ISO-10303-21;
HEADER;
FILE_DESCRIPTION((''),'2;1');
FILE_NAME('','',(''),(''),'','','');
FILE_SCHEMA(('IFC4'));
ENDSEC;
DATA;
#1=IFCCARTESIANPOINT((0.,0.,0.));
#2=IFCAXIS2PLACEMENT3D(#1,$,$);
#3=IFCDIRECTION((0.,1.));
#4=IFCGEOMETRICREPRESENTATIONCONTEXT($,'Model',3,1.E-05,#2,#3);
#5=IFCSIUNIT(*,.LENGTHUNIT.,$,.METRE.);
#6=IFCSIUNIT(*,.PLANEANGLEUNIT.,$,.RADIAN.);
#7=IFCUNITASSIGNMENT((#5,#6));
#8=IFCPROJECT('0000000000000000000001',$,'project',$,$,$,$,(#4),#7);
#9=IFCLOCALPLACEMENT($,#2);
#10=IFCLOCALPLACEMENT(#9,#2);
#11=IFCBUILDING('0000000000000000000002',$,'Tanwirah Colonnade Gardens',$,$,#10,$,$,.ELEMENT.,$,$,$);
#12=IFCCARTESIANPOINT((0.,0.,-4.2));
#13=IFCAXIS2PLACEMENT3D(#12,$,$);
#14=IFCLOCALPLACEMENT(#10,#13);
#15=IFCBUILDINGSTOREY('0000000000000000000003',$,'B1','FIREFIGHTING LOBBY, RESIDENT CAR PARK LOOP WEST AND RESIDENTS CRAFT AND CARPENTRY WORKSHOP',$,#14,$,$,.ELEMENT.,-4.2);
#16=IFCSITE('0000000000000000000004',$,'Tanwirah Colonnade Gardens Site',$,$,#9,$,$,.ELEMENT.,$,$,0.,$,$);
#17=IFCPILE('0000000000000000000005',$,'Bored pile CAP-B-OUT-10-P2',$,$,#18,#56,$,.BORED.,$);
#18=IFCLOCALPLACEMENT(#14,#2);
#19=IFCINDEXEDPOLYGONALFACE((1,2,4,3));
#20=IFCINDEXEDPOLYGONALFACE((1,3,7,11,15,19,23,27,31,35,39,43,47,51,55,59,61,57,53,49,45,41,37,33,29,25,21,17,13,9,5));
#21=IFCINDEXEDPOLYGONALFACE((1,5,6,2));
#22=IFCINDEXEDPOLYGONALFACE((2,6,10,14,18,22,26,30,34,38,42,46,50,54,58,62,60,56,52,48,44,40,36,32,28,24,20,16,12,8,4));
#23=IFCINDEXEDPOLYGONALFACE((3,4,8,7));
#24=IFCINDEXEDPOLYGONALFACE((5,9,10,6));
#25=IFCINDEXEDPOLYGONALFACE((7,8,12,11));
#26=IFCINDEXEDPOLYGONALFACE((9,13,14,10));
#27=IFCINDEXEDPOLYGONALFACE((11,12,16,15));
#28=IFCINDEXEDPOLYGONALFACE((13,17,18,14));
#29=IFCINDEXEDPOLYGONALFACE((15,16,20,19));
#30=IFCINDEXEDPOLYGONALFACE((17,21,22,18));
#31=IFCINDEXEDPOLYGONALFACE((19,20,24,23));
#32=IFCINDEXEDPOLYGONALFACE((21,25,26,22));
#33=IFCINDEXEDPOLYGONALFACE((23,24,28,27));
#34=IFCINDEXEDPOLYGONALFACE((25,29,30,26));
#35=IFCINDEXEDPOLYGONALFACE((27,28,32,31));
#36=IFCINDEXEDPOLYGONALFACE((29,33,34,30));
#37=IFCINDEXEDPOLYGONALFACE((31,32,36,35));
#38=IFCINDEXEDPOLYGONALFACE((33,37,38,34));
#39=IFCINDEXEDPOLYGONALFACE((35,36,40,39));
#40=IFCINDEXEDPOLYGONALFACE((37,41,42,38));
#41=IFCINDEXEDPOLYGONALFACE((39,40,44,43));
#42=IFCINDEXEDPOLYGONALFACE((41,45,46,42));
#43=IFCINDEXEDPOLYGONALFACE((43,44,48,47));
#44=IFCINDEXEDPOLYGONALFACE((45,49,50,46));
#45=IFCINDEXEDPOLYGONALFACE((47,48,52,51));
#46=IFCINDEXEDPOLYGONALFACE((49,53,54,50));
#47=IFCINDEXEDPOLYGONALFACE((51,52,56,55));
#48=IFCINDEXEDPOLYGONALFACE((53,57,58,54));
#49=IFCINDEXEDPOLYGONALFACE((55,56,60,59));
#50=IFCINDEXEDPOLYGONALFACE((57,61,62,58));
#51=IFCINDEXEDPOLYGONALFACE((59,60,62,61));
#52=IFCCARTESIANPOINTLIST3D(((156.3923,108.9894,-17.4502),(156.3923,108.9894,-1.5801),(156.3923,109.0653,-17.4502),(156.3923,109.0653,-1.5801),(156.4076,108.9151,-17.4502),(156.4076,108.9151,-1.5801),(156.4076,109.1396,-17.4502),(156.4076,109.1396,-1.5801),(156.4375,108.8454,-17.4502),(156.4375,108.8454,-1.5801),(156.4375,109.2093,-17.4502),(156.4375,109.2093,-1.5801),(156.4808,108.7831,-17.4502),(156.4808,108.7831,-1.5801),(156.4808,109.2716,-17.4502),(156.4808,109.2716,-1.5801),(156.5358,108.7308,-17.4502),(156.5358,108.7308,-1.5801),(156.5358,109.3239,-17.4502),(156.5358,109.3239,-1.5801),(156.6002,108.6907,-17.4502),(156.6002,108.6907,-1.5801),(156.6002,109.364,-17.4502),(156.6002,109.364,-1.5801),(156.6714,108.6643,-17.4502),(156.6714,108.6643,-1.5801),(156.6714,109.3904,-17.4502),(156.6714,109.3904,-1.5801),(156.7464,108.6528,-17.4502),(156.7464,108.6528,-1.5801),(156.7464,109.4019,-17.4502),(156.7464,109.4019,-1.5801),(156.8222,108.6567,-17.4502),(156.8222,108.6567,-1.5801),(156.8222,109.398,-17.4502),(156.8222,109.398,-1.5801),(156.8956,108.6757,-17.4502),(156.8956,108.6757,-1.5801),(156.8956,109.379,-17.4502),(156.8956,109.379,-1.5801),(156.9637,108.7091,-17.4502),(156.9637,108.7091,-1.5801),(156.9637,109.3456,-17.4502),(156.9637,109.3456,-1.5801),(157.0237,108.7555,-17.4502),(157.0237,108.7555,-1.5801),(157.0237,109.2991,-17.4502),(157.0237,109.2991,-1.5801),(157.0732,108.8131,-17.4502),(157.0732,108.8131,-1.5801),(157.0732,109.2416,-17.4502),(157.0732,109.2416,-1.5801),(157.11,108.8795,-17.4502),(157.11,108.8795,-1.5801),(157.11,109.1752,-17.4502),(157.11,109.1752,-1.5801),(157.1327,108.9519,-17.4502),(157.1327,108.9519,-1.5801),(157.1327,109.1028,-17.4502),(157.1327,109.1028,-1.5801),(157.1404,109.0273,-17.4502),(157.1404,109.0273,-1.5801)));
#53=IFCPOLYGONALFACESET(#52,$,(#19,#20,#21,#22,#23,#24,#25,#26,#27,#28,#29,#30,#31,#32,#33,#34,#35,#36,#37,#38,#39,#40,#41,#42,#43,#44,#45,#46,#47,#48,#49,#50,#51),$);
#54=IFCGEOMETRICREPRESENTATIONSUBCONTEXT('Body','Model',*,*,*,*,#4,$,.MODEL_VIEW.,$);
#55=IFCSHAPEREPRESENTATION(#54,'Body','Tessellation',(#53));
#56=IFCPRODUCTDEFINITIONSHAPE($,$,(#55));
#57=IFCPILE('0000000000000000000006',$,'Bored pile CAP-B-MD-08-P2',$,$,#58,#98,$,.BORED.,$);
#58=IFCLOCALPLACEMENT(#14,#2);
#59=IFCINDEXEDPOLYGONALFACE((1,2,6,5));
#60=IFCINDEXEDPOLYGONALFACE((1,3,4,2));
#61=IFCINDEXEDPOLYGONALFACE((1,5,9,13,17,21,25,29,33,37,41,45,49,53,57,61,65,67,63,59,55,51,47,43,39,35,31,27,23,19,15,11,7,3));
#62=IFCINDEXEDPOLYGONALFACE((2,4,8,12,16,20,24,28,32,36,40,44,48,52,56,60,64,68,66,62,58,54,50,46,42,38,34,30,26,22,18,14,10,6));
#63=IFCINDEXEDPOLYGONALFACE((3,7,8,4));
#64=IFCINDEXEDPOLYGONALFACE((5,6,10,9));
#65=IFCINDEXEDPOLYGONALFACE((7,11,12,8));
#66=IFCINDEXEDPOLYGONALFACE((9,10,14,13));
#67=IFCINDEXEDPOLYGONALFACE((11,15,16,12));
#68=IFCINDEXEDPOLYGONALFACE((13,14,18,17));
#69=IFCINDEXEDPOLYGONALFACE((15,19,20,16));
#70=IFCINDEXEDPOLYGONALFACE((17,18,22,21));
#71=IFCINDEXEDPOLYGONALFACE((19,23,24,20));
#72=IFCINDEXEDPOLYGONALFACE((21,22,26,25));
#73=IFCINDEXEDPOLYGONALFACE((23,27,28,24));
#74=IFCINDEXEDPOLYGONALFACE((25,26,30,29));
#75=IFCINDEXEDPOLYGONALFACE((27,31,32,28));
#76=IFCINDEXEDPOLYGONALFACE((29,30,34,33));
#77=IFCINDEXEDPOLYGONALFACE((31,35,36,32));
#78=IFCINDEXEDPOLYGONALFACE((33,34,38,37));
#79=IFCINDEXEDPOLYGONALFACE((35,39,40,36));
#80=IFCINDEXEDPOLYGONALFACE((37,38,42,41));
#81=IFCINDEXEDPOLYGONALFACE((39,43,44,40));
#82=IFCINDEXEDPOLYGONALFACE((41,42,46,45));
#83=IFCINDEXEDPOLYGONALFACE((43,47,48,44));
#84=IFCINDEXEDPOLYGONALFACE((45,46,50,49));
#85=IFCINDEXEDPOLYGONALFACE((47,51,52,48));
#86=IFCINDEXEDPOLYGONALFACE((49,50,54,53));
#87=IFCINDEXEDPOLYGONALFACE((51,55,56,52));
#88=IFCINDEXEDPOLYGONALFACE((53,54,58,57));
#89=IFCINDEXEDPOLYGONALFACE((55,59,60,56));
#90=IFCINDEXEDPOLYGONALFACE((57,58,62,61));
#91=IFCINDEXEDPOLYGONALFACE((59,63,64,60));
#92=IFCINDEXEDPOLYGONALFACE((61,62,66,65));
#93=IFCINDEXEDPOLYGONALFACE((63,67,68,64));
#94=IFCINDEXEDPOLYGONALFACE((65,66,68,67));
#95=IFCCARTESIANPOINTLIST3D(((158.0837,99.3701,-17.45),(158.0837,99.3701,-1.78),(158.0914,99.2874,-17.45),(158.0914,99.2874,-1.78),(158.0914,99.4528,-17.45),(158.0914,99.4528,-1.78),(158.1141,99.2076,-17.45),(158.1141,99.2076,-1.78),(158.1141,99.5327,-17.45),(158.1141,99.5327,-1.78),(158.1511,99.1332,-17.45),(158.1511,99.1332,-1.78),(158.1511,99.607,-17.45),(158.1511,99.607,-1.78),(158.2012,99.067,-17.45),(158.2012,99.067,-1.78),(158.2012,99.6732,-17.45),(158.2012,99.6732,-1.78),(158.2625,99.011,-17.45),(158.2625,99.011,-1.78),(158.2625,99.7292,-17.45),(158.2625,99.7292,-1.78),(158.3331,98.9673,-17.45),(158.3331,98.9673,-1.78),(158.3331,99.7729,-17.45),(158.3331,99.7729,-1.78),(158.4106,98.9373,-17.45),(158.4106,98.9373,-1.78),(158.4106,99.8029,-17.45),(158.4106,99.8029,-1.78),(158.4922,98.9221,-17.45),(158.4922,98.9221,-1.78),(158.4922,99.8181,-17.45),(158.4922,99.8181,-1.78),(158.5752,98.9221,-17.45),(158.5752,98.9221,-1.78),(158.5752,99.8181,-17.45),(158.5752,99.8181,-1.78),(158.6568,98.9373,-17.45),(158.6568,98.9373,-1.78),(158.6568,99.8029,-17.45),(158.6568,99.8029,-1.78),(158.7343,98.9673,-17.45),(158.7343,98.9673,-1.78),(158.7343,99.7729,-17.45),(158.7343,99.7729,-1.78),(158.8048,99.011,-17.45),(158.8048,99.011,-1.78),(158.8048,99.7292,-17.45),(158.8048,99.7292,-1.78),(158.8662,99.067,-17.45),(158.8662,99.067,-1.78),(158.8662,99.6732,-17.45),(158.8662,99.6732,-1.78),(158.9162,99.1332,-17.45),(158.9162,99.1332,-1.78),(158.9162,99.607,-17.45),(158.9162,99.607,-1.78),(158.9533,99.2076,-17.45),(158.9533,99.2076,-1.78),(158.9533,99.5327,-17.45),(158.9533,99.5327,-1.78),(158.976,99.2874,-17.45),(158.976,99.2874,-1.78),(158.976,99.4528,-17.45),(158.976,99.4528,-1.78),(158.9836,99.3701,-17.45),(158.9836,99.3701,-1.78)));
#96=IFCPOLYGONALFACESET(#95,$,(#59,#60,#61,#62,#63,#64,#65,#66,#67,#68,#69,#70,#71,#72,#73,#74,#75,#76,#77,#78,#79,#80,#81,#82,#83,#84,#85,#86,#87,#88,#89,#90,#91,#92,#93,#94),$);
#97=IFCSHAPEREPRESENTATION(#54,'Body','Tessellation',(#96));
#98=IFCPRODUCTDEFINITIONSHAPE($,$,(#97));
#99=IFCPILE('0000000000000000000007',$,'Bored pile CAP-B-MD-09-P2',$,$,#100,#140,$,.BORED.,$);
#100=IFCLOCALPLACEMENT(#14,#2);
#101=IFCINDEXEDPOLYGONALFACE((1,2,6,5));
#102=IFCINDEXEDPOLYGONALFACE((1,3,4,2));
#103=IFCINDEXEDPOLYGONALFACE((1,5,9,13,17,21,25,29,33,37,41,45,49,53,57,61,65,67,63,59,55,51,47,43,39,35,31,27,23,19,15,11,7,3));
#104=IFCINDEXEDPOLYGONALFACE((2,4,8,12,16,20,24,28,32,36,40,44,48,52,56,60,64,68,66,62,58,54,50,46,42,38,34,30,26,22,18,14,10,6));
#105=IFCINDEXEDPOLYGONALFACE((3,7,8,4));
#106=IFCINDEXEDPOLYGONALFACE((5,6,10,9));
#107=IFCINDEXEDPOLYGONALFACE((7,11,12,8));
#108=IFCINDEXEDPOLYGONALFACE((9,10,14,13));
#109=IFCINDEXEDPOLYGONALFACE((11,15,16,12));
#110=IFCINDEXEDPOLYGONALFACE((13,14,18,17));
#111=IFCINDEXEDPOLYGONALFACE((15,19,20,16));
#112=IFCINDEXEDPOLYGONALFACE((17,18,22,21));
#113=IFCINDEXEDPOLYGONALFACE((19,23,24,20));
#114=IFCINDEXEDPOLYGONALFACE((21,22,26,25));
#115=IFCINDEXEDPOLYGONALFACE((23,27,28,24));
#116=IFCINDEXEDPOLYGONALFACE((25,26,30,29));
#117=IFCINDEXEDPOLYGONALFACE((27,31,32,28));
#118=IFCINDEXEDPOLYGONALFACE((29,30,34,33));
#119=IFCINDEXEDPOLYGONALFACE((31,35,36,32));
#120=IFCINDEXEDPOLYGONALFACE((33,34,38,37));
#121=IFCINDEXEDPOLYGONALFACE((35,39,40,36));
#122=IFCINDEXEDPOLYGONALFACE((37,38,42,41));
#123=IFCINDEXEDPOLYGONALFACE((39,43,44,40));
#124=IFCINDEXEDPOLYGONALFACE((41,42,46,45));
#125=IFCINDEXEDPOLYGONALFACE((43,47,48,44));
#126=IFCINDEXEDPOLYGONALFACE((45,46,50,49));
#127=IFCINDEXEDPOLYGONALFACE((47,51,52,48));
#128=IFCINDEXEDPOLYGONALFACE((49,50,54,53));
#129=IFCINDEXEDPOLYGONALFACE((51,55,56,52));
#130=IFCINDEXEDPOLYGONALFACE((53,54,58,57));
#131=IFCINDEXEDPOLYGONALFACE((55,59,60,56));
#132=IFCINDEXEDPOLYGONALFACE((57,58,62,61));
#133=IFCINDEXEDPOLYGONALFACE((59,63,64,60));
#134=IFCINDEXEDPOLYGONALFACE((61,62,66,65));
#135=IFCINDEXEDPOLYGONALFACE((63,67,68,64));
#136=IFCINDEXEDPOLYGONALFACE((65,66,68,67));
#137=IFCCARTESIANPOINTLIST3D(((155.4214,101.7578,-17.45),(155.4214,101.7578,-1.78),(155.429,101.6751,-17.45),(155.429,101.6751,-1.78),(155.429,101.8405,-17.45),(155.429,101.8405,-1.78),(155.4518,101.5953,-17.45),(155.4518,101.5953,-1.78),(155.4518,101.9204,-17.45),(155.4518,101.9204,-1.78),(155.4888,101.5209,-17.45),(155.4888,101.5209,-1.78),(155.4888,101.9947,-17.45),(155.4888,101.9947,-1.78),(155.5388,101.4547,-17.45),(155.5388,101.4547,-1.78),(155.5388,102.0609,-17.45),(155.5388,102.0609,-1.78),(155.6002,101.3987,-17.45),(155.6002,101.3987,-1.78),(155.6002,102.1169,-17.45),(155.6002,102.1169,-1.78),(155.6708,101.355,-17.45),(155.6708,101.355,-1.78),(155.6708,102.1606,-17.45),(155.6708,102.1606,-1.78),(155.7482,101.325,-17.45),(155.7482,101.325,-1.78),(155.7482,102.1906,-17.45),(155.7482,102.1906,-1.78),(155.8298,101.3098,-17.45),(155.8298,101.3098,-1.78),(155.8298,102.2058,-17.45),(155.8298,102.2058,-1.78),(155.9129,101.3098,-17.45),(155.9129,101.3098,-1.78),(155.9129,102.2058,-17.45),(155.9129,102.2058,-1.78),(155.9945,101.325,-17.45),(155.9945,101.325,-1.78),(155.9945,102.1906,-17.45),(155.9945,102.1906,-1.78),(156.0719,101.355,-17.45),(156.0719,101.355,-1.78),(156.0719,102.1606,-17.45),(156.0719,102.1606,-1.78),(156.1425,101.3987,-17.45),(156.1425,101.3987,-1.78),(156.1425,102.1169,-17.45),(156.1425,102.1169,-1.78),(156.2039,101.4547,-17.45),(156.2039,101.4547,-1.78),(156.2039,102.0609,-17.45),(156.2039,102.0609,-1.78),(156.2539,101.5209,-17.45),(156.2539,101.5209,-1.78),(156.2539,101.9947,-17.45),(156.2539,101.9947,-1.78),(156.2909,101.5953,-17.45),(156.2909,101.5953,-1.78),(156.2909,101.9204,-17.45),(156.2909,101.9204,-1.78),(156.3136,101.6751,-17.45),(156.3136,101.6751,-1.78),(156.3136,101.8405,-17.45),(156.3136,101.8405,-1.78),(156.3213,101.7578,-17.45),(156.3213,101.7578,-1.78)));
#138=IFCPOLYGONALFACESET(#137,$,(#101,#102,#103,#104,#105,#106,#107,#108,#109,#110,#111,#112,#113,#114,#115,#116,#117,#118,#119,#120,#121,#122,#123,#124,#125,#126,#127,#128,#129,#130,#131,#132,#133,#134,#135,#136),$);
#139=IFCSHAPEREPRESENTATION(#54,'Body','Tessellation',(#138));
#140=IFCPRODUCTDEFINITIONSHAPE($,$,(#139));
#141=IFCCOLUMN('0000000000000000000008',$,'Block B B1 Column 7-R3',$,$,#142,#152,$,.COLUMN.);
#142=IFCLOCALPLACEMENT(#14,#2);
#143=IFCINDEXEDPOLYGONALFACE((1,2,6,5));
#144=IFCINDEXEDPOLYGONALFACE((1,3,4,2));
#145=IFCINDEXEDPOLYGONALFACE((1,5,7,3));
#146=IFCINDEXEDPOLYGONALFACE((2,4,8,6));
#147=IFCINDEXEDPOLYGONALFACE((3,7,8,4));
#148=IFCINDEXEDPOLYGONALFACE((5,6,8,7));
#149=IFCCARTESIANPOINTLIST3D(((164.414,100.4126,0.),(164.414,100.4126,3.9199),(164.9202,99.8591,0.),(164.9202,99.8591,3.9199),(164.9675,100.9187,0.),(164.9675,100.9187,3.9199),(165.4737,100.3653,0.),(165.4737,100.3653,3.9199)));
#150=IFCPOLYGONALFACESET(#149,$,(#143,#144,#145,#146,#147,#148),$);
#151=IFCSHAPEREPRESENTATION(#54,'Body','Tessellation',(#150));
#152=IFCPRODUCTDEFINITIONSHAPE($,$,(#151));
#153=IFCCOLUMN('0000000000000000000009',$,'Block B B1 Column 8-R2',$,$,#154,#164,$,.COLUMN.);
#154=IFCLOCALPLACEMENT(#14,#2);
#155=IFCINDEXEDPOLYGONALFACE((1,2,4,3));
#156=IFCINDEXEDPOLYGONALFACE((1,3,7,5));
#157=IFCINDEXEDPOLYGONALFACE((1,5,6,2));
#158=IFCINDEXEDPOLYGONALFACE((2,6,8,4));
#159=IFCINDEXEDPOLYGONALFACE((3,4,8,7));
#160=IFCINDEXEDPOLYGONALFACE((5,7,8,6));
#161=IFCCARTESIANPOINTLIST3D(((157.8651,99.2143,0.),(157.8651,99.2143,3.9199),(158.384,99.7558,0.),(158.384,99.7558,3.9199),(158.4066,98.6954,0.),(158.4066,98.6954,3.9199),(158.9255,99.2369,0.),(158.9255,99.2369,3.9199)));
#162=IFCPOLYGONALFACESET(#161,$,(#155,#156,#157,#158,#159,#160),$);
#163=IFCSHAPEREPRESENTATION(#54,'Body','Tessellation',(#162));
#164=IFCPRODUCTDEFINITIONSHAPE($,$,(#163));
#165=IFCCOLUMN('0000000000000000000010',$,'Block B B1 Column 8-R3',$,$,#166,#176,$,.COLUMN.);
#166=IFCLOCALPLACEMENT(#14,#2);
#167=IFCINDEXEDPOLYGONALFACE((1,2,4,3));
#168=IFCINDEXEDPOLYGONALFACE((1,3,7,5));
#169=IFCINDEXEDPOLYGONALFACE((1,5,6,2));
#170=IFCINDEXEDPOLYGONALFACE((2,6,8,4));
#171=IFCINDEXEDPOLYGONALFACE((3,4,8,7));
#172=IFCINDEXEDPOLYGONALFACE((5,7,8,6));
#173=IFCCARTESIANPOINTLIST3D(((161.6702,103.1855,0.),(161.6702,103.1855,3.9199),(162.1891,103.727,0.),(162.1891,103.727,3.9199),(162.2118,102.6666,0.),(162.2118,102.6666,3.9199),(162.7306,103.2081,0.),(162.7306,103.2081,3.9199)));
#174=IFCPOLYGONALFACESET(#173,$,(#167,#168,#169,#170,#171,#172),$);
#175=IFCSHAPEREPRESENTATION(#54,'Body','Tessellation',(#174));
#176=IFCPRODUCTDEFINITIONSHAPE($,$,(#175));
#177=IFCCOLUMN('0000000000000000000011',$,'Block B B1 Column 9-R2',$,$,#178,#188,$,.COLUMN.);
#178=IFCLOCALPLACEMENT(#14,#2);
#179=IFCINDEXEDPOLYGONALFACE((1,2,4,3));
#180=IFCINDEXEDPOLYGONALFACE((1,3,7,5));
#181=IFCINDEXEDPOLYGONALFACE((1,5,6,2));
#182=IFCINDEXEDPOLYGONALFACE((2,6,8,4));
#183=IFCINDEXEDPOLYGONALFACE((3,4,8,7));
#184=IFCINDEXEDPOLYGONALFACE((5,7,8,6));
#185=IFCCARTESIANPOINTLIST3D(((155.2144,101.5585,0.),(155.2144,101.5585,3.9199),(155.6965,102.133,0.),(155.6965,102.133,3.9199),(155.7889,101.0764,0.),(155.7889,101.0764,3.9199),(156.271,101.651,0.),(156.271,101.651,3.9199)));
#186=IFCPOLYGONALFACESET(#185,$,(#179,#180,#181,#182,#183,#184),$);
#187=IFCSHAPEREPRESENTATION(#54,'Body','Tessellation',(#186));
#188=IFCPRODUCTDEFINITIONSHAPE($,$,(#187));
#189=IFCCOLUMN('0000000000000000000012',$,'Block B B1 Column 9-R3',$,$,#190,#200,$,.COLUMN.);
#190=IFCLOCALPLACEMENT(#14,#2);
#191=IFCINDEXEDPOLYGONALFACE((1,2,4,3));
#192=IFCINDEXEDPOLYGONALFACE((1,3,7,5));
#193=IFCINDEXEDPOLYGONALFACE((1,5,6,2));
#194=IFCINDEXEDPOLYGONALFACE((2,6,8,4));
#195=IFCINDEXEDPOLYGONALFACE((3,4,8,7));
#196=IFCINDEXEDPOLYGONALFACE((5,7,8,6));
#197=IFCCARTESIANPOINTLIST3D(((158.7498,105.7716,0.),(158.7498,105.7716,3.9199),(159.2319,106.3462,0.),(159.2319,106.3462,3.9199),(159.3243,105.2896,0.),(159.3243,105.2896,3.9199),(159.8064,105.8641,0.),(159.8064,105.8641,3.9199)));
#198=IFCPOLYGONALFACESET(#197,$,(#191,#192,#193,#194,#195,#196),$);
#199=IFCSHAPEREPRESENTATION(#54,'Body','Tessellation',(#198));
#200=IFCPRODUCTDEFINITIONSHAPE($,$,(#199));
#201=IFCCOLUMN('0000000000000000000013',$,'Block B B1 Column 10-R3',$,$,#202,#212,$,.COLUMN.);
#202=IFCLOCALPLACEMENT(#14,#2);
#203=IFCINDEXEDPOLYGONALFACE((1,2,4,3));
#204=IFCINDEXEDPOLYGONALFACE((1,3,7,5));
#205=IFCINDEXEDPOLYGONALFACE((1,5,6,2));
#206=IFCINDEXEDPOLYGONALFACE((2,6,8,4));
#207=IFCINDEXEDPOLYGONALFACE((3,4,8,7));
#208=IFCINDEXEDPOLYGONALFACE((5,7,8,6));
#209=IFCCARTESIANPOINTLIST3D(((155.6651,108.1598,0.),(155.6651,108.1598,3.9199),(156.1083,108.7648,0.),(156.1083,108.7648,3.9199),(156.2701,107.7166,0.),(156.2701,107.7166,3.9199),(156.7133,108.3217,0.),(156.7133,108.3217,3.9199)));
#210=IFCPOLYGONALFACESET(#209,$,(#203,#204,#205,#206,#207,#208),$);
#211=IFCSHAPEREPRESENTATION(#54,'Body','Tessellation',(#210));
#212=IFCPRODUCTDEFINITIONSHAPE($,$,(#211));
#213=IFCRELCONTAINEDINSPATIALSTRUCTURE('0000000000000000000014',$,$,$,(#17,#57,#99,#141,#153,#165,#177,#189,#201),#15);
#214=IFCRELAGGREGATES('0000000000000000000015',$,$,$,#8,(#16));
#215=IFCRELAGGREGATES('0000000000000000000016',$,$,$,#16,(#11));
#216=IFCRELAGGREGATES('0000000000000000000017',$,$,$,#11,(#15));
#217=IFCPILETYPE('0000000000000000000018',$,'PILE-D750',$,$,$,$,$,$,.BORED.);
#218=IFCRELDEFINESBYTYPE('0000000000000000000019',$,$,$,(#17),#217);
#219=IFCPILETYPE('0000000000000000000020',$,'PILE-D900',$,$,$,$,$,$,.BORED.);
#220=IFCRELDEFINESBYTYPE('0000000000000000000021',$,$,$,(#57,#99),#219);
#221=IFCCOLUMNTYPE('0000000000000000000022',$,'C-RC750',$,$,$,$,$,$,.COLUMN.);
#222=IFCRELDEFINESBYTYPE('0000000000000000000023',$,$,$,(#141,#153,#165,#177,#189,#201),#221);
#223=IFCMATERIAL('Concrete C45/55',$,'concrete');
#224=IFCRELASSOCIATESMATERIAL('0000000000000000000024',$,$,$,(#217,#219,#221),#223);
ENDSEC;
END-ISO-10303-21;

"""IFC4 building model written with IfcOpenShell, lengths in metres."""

from ifc_helpers import new_model, si_unit, direction, frame, origin, origin_2d, place, context, subcontext, project, spatial, rectangle, circle, extrude, material, material_profile, profile_set, type_object, element, save


model = new_model("IFC4")

# Units and contexts
model_context = context("Model", 3, precision=1e-05, world=origin(), true_north=direction((0.0, 1.0)))
body_context = subcontext(model_context, "Body", "Model", "MODEL_VIEW")
ifc_project = project(units=[si_unit("LENGTHUNIT", "METRE"), si_unit("PLANEANGLEUNIT", "RADIAN")], contexts=[model_context])

# Site, building, storey
site_placement = place(None, origin())
site = spatial("IfcSite", under=ifc_project, at=site_placement, Name="Tanwirah Colonnade Gardens Site", CompositionType="ELEMENT", RefElevation=0.0)
building_placement = place(site_placement, origin())
building = spatial("IfcBuilding", under=site, at=building_placement, Name="Tanwirah Colonnade Gardens", CompositionType="ELEMENT")
storey_placement = place(building_placement, frame((0.0, 0.0, -4.2)))
storey = spatial("IfcBuildingStorey", under=building, at=storey_placement, Name="B1", Description="FIREFIGHTING LOBBY, RESIDENT CAR PARK LOOP WEST AND RESIDENTS CRAFT AND CARPENTRY WORKSHOP", CompositionType="ELEMENT", Elevation=-4.2)

# Shared definitions
ifc_material_1 = material(Name="Concrete C45/55", Category="concrete")

# Piles
ifc_material_profile_1 = material_profile(ifc_material_1, circle(Radius=0.375, at=origin_2d()), Name="PILE D750")
ifc_profile_set_1 = profile_set([ifc_material_profile_1], Name="Concrete C45/55")
pile_type_1 = type_object("IfcPileType", Name="PILE-D750", PredefinedType="BORED", material=ifc_profile_set_1)
for number, where, z_axis, x_axis, name in (
    (1, (156.7654, 109.0273, -1.5801), (0.0, 0.0, -1.0), (1.0, 0.0, 0.0), "Bored pile CAP-B-OUT-10-P2"),
):
    element("IfcPile", number, at=place(storey_placement, frame(where, z_axis=z_axis, x_axis=x_axis)), inside=storey, type_object=pile_type_1, Name=name, PredefinedType="BORED", context=body_context, shape_type="SweptSolid", body=[
        extrude(circle(Radius=0.375, at=origin_2d()), origin(), (0.0, 0.0, 1.0), 15.8701),
    ])
ifc_material_profile_2 = material_profile(ifc_material_1, circle(Radius=0.45, at=origin_2d()), Name="PILE D900")
ifc_profile_set_2 = profile_set([ifc_material_profile_2], Name="Concrete C45/55")
pile_type_2 = type_object("IfcPileType", Name="PILE-D900", PredefinedType="BORED", material=ifc_profile_set_2)
for number, where, z_axis, x_axis, name in (
    (2, (158.5337, 99.3701, -1.78), (0.0, 0.0, -1.0), (1.0, 0.0, 0.0), "Bored pile CAP-B-MD-08-P2"),
    (3, (155.8713, 101.7578, -1.78), (0.0, 0.0, -1.0), (1.0, 0.0, 0.0), "Bored pile CAP-B-MD-09-P2"),
):
    element("IfcPile", number, at=place(storey_placement, frame(where, z_axis=z_axis, x_axis=x_axis)), inside=storey, type_object=pile_type_2, Name=name, PredefinedType="BORED", context=body_context, shape_type="SweptSolid", body=[
        extrude(circle(Radius=0.45, at=origin_2d()), origin(), (0.0, 0.0, 1.0), 15.6699),
    ])

# Columns
ifc_material_profile_3 = material_profile(ifc_material_1, rectangle(XDim=0.75, YDim=0.75, at=origin_2d()), Name="RC-COL 750x750")
ifc_profile_set_3 = profile_set([ifc_material_profile_3], Name="Concrete C45/55")
column_type = type_object("IfcColumnType", Name="C-RC750", PredefinedType="COLUMN", material=ifc_profile_set_3)
for number, where, z_axis, x_axis, name in (
    (4, (164.9438, 100.3889, 0.0), (0.0, 0.0, 1.0), (0.737932, 0.674875, 0.0), "Block B B1 Column 7-R3"),
    (5, (158.3953, 99.2256, 0.0), (0.0, 0.0, 1.0), (0.691863, 0.722029, 0.0), "Block B B1 Column 8-R2"),
    (6, (162.2004, 103.1968, 0.0), (0.0, 0.0, 1.0), (0.691863, 0.722029, 0.0), "Block B B1 Column 8-R3"),
    (7, (155.7427, 101.6047, 0.0), (0.0, 0.0, 1.0), (0.642788, 0.766044, 0.0), "Block B B1 Column 9-R2"),
    (8, (159.2781, 105.8179, 0.0), (0.0, 0.0, 1.0), (0.642788, 0.766044, 0.0), "Block B B1 Column 9-R3"),
    (9, (156.1892, 108.2407, 0.0), (0.0, 0.0, 1.0), (0.590919, 0.806731, 0.0), "Block B B1 Column 10-R3"),
):
    element("IfcColumn", number, at=place(storey_placement, frame(where, z_axis=z_axis, x_axis=x_axis)), inside=storey, type_object=column_type, Name=name, PredefinedType="COLUMN", context=body_context, shape_type="SweptSolid", body=[
        extrude(rectangle(XDim=0.75, YDim=0.75, at=origin_2d()), origin(), (0.0, 0.0, 1.0), 3.9199),
    ])

save(model, "model.ifc")
